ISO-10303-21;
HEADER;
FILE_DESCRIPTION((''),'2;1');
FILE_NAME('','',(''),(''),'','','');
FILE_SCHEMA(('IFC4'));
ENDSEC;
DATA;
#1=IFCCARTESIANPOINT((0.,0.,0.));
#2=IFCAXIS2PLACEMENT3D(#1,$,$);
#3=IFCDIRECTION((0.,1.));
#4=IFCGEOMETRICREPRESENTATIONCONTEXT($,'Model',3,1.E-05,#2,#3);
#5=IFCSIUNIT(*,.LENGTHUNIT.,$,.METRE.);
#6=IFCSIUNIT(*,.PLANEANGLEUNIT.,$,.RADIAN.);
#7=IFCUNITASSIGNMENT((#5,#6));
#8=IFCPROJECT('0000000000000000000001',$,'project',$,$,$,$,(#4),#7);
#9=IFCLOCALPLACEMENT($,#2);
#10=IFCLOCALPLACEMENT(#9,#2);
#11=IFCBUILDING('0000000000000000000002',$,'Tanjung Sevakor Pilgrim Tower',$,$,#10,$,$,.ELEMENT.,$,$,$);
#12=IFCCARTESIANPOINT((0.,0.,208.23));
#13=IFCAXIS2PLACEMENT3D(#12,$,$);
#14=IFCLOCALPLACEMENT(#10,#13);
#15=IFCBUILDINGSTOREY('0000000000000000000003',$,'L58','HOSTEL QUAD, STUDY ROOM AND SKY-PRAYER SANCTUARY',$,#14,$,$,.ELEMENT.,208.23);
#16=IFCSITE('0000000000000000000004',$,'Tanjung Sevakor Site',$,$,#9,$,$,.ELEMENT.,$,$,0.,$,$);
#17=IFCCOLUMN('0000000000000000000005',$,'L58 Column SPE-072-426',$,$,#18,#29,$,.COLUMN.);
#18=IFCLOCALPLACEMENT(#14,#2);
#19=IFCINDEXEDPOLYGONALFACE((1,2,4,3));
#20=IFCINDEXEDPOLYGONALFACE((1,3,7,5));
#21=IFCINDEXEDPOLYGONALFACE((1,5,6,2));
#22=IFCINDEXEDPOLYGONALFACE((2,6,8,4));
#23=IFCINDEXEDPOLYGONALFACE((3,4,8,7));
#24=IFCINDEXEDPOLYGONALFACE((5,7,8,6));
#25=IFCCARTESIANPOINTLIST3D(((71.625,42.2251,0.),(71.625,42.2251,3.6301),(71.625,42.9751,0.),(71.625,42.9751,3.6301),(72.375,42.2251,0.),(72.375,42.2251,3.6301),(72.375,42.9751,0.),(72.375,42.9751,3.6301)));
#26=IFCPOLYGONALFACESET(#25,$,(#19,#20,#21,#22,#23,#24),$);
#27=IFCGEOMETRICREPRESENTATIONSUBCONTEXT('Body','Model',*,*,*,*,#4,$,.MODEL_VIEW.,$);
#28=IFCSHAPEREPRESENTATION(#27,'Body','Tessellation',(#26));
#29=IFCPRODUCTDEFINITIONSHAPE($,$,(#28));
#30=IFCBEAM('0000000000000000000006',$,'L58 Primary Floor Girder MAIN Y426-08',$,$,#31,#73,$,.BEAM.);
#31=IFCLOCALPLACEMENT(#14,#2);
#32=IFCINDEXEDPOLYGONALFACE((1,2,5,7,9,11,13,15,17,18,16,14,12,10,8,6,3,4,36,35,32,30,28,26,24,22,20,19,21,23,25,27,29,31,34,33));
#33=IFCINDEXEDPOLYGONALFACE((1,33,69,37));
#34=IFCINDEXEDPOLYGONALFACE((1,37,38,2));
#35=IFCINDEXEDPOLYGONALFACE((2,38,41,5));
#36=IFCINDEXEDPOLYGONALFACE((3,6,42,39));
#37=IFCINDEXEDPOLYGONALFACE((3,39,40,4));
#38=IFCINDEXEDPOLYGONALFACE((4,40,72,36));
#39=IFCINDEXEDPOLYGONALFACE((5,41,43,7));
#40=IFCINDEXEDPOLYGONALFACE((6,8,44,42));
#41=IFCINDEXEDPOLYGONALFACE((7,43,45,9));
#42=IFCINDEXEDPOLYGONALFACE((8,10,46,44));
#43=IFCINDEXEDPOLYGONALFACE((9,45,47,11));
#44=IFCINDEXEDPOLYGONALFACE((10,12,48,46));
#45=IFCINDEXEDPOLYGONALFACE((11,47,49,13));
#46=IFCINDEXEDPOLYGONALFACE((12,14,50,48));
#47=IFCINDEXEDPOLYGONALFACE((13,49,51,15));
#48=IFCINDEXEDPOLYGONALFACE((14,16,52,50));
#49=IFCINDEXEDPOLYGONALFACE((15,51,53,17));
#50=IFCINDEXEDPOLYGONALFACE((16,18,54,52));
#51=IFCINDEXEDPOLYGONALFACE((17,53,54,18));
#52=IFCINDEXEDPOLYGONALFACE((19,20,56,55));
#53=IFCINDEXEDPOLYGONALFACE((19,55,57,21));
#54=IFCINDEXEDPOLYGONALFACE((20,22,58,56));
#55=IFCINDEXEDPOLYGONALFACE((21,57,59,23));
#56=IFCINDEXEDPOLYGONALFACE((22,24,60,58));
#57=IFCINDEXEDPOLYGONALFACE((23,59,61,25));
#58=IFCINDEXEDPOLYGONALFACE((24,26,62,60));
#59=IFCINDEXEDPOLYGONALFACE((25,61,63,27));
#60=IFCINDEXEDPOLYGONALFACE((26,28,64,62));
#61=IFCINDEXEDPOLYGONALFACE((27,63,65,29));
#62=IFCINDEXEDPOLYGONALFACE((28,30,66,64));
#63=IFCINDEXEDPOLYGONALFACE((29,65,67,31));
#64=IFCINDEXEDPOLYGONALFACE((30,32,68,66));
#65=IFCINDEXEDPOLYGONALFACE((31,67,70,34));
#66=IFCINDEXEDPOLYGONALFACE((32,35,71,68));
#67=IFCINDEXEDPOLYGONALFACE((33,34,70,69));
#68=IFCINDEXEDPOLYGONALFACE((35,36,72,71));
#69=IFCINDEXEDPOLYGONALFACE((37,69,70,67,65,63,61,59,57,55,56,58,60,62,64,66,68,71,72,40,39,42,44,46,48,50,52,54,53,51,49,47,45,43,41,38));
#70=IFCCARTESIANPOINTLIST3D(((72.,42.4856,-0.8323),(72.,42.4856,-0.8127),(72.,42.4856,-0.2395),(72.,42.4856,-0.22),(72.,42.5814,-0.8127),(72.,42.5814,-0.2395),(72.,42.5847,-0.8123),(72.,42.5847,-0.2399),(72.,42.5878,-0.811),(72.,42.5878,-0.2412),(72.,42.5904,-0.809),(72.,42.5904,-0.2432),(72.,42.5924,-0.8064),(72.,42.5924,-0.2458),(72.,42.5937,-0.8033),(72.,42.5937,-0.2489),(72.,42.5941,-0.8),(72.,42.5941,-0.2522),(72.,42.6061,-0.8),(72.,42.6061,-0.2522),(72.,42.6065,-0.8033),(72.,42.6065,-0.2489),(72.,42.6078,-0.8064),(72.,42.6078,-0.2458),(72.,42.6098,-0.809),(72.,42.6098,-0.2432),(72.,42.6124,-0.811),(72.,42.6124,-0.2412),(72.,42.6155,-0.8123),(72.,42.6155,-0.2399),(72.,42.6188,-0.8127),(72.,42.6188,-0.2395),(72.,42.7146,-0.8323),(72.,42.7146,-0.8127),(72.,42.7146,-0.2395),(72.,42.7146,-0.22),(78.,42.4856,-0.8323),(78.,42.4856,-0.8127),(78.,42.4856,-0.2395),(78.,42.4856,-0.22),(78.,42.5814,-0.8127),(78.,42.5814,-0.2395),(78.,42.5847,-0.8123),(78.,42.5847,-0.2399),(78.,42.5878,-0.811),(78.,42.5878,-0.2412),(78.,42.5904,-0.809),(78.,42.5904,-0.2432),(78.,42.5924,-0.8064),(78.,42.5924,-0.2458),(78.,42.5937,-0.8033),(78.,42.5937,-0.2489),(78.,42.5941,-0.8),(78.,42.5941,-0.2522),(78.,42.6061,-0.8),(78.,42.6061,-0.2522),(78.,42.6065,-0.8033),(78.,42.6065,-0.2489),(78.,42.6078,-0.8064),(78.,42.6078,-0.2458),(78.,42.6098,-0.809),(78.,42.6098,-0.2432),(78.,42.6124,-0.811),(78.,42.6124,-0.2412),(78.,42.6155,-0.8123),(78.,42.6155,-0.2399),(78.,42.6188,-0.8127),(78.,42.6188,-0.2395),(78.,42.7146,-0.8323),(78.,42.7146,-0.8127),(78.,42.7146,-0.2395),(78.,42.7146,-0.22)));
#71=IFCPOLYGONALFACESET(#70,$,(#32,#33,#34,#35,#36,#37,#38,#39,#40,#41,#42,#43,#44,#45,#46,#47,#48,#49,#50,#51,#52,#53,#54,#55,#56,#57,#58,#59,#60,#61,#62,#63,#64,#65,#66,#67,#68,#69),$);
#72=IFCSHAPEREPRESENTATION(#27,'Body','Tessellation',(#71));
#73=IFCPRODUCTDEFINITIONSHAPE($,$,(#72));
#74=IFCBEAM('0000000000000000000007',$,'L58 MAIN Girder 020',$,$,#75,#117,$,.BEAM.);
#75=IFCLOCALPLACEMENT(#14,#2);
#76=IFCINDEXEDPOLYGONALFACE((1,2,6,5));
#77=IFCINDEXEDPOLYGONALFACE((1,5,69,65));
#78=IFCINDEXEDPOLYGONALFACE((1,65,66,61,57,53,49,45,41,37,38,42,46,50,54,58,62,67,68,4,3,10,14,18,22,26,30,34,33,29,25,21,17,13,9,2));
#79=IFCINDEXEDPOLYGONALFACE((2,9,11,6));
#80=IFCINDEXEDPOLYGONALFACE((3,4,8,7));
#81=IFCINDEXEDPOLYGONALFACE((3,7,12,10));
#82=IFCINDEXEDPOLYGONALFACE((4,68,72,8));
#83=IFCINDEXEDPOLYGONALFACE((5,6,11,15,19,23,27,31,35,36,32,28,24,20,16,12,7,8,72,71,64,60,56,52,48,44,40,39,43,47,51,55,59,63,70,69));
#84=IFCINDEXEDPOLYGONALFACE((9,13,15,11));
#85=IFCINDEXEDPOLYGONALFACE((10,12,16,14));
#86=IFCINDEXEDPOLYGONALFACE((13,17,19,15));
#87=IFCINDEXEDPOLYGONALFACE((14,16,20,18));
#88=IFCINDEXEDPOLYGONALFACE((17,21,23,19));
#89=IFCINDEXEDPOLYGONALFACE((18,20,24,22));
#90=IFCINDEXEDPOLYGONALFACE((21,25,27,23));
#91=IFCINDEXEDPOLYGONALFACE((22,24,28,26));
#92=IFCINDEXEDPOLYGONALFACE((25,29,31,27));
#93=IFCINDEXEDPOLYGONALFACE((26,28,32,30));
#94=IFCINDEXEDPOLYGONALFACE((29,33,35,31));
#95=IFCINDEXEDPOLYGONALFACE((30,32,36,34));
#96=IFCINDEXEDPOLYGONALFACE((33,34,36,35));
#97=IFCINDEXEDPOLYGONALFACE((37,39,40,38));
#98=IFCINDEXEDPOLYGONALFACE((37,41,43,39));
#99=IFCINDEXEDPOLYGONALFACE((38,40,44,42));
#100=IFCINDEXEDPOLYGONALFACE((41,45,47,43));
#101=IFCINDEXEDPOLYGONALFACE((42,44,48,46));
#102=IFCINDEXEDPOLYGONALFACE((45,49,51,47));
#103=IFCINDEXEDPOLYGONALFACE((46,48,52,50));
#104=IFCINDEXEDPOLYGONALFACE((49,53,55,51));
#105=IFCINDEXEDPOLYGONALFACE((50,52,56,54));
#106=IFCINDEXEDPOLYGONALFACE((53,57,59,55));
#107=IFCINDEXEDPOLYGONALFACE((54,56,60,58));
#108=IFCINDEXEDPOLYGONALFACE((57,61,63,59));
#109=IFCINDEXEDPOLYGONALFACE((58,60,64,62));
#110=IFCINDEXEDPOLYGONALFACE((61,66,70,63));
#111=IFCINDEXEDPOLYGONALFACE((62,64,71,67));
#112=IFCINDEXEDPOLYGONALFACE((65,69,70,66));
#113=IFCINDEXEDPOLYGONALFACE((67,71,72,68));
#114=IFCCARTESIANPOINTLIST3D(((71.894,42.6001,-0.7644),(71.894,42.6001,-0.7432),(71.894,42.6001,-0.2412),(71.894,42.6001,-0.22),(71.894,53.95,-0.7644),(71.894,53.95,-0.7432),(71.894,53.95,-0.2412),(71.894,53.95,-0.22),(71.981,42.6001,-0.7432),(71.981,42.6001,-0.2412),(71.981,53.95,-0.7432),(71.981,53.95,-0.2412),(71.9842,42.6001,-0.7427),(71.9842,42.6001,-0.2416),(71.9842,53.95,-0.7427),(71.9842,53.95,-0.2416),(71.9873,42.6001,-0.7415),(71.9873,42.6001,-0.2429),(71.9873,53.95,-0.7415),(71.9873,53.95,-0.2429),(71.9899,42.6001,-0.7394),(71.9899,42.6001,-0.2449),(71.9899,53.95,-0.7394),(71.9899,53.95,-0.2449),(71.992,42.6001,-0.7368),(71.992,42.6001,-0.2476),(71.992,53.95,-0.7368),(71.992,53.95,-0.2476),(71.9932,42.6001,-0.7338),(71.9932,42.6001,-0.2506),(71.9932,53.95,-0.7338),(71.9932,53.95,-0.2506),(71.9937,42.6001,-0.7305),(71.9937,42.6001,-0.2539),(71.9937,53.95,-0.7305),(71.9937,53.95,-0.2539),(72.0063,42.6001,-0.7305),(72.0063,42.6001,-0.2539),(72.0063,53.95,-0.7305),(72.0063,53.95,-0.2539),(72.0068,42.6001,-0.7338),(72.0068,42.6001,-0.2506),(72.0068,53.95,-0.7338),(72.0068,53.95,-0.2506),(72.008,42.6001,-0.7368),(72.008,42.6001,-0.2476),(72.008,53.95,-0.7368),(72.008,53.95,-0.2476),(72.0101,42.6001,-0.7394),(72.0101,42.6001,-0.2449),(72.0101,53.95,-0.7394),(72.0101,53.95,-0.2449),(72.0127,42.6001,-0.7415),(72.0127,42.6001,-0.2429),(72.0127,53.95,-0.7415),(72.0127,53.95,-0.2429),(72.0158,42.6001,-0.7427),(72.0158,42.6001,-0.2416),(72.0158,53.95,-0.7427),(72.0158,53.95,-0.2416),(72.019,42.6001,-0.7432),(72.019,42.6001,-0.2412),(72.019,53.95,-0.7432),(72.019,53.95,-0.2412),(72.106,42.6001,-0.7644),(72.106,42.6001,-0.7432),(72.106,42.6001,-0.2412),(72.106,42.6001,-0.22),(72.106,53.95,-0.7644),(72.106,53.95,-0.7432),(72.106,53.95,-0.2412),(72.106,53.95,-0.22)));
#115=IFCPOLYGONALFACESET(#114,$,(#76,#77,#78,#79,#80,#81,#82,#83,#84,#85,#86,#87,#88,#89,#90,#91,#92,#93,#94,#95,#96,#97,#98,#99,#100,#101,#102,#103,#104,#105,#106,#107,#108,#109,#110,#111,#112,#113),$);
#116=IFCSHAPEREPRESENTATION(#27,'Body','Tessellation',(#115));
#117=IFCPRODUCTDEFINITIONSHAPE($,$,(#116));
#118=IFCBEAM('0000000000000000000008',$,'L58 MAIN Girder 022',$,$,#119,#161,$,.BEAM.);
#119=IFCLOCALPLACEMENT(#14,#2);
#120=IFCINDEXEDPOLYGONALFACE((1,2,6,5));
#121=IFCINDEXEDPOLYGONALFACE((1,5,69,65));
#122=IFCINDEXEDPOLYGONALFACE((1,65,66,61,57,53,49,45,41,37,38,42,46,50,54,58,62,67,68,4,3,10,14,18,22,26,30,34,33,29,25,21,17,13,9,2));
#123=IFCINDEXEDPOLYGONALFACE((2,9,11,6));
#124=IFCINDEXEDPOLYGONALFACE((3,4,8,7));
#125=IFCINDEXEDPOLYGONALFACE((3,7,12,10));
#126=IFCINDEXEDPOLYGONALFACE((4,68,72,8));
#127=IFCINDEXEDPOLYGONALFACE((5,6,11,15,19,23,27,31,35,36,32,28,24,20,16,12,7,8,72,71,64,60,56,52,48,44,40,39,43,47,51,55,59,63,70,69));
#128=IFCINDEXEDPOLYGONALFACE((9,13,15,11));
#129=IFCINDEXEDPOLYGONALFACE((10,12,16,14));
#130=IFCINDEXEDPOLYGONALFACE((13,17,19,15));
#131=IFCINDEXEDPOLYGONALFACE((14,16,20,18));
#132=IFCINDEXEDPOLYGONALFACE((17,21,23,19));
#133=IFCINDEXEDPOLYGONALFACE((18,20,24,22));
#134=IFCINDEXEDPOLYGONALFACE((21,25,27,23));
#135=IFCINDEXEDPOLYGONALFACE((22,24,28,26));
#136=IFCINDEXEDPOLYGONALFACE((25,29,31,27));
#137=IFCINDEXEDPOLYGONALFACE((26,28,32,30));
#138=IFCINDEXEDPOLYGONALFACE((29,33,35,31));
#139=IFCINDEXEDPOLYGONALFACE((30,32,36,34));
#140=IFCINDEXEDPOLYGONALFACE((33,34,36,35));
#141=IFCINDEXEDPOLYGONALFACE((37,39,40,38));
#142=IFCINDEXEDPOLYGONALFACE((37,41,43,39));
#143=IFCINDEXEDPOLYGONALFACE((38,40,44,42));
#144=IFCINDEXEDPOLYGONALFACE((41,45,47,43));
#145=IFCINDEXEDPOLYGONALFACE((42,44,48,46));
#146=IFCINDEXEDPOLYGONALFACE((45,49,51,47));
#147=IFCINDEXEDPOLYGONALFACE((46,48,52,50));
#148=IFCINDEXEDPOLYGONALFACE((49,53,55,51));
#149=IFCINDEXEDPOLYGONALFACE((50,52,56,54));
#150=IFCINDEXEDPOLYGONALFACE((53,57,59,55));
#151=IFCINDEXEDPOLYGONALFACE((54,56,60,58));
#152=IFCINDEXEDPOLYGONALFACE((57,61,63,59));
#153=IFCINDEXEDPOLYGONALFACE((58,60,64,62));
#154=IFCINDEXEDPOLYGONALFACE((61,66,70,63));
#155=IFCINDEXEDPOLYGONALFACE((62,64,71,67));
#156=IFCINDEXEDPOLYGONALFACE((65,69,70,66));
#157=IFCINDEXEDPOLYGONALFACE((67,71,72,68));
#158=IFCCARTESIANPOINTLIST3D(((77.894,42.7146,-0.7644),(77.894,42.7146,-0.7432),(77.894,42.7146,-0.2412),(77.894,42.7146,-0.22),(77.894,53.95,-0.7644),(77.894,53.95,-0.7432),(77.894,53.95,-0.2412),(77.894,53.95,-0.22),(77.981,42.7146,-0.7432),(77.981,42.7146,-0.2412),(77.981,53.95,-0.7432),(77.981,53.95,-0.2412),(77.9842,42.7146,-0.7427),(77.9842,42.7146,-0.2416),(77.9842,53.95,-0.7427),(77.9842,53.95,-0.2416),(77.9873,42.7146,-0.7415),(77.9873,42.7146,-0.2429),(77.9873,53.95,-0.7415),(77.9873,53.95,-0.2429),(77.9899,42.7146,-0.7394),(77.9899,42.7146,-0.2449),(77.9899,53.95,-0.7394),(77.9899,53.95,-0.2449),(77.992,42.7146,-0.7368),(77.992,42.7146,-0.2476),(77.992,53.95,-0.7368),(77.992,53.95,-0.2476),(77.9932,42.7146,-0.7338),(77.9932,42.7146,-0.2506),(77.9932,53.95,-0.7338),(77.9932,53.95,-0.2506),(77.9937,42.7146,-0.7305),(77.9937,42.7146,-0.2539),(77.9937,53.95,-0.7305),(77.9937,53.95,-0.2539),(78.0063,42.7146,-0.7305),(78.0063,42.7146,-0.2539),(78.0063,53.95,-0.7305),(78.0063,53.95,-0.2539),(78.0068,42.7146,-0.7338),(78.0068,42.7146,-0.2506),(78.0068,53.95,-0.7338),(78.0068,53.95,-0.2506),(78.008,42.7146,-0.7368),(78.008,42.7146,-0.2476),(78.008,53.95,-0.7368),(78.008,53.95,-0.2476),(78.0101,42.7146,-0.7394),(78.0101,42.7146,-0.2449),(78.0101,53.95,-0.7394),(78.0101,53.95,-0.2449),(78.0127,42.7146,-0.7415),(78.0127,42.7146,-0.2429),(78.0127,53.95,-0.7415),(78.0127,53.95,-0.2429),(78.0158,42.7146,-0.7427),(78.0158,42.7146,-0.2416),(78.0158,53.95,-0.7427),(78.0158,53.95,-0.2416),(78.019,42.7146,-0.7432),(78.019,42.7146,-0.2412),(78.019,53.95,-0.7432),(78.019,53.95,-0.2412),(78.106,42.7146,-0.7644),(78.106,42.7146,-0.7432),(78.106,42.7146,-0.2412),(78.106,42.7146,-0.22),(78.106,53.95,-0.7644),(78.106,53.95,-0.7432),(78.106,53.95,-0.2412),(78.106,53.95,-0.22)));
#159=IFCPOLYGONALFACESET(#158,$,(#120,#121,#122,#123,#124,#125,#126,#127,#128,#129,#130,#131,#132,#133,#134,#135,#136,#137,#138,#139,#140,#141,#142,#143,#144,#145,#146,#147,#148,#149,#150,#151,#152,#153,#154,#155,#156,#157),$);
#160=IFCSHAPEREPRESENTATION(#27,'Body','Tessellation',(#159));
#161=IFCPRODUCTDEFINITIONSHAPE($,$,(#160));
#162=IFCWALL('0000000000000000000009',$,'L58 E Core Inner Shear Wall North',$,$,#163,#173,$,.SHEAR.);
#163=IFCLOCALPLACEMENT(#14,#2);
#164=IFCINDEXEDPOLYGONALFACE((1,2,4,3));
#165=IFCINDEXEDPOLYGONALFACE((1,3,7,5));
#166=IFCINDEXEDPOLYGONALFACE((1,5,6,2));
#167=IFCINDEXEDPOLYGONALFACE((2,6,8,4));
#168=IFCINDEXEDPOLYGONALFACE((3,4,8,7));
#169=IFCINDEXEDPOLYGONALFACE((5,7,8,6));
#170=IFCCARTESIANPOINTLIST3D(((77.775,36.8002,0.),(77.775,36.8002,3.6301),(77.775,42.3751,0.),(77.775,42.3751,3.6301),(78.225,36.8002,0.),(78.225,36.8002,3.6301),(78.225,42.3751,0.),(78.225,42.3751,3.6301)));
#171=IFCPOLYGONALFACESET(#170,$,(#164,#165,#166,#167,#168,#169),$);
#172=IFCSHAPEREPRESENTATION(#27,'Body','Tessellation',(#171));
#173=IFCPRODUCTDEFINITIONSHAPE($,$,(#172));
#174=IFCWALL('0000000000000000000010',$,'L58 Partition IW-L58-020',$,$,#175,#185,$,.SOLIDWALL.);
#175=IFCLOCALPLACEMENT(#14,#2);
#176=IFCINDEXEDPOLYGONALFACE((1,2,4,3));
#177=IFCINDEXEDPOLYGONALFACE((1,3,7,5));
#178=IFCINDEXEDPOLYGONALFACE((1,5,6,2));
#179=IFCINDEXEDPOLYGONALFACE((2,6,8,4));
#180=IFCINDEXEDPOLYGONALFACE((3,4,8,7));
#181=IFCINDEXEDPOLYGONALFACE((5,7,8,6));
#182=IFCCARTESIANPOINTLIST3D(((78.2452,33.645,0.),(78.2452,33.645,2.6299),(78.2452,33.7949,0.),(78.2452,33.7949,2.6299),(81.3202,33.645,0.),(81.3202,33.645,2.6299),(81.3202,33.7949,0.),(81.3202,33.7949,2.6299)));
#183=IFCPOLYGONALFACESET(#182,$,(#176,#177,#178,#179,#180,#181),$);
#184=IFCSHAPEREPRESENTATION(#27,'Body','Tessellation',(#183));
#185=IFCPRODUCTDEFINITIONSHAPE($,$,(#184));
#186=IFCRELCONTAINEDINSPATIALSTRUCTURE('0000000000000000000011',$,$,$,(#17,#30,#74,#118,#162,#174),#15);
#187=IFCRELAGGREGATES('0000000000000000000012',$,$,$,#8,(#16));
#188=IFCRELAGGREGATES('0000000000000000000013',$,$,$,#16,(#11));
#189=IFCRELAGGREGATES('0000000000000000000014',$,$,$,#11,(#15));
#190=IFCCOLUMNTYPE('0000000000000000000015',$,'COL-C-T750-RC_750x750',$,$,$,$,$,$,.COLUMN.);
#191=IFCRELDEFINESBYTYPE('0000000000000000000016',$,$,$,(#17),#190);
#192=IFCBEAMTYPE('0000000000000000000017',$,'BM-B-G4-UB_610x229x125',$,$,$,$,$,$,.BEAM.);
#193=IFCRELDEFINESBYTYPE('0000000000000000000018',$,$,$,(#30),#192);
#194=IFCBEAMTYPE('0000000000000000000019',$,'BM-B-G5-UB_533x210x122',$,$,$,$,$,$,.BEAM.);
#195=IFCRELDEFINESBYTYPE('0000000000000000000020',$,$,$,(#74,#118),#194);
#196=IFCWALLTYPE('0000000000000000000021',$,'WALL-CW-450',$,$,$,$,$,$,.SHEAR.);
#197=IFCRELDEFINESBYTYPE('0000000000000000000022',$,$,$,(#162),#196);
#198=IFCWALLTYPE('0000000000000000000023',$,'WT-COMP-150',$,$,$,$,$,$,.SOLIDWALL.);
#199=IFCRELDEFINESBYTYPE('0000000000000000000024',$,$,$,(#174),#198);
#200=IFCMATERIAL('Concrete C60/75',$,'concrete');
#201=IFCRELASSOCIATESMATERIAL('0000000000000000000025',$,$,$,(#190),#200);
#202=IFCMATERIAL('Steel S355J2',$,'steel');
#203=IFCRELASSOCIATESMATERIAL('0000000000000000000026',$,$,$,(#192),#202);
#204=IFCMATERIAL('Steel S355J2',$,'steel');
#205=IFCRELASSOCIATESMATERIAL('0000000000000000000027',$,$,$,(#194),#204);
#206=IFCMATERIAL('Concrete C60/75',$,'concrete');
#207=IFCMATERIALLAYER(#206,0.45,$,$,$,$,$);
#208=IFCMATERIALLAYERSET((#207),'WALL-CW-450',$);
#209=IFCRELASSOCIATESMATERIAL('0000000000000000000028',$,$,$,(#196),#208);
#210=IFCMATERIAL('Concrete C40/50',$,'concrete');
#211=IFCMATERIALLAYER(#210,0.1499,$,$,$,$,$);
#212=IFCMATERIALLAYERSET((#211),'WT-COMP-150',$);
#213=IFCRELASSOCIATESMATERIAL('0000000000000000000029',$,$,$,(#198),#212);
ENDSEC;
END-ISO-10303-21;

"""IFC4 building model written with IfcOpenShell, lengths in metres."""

from ifc_helpers import new_model, si_unit, direction, frame, frame_2d, origin, origin_2d, place, context, subcontext, project, spatial, rectangle, i_section, extrude, material, layer, layer_set, material_profile, profile_set, type_object, element, save


model = new_model("IFC4")

# Units and contexts
model_context = context("Model", 3, precision=1e-05, world=origin(), true_north=direction((0.0, 1.0)))
body_context = subcontext(model_context, "Body", "Model", "MODEL_VIEW")
ifc_project = project(units=[si_unit("LENGTHUNIT", "METRE"), si_unit("PLANEANGLEUNIT", "RADIAN")], contexts=[model_context])

# Site, building, storey
site_placement = place(None, origin())
site = spatial("IfcSite", under=ifc_project, at=site_placement, Name="Tanjung Sevakor Site", CompositionType="ELEMENT", RefElevation=0.0)
building_placement = place(site_placement, origin())
building = spatial("IfcBuilding", under=site, at=building_placement, Name="Tanjung Sevakor Pilgrim Tower", CompositionType="ELEMENT")
storey_placement = place(building_placement, frame((0.0, 0.0, 208.23)))
storey = spatial("IfcBuildingStorey", under=building, at=storey_placement, Name="L58", Description="HOSTEL QUAD, STUDY ROOM AND SKY-PRAYER SANCTUARY", CompositionType="ELEMENT", Elevation=208.23)

# Column
ifc_material_1 = material(Name="Concrete C60/75", Category="concrete")
ifc_material_profile_1 = material_profile(ifc_material_1, rectangle(XDim=0.75, YDim=0.75, at=origin_2d()))
ifc_profile_set_1 = profile_set([ifc_material_profile_1], Name="Concrete C60/75")
column_type = type_object("IfcColumnType", Name="COL-C-T750-RC_750x750", PredefinedType="COLUMN", material=ifc_profile_set_1)
column_placement = place(storey_placement, frame((72.0, 42.6001, 0.0), z_axis=(0.0, 0.0, 1.0), x_axis=(1.0, 0.0, 0.0)))
element("IfcColumn", 1, at=column_placement, inside=storey, type_object=column_type, Name="L58 Column SPE-072-426", PredefinedType="COLUMN", context=body_context, shape_type="SweptSolid", body=[
    extrude(rectangle(XDim=0.75, YDim=0.75, at=origin_2d()), origin(), (0.0, 0.0, 1.0), 3.6301),
])

# Beams
ifc_material_2 = material(Name="Steel S355J2", Category="steel")
ifc_material_profile_2 = material_profile(ifc_material_2, i_section(OverallWidth=0.229, OverallDepth=0.6123, WebThickness=0.012, FlangeThickness=0.0195, FilletRadius=0.0127, at=origin_2d()))
ifc_profile_set_2 = profile_set([ifc_material_profile_2], Name="Steel S355J2")
beam_type_1 = type_object("IfcBeamType", Name="BM-B-G4-UB_610x229x125", PredefinedType="BEAM", material=ifc_profile_set_2)
beam_1_placement = place(storey_placement, frame((72.0, 42.6001, -0.5261), z_axis=(1.0, 0.0, 0.0), x_axis=(0.0, 1.0, 0.0)))
element("IfcBeam", 2, at=beam_1_placement, inside=storey, type_object=beam_type_1, Name="L58 Primary Floor Girder MAIN Y426-08", PredefinedType="BEAM", context=body_context, shape_type="SweptSolid", body=[
    extrude(i_section(OverallWidth=0.229, OverallDepth=0.6123, WebThickness=0.012, FlangeThickness=0.0195, FilletRadius=0.0127, at=origin_2d()), origin(), (0.0, 0.0, 1.0), 6.0),
])
ifc_material_3 = material(Name="Steel S355J2", Category="steel")
ifc_material_profile_3 = material_profile(ifc_material_3, i_section(OverallWidth=0.2119, OverallDepth=0.5444, WebThickness=0.0127, FlangeThickness=0.0212, FilletRadius=0.0127, at=origin_2d()))
ifc_profile_set_3 = profile_set([ifc_material_profile_3], Name="Steel S355J2")
beam_type_2 = type_object("IfcBeamType", Name="BM-B-G5-UB_533x210x122", PredefinedType="BEAM", material=ifc_profile_set_3)
beam_2_placement = place(storey_placement, frame((72.0, 42.6001, -0.4922), z_axis=(0.0, 1.0, 0.0), x_axis=(-1.0, 0.0, 0.0)))
element("IfcBeam", 3, at=beam_2_placement, inside=storey, type_object=beam_type_2, Name="L58 MAIN Girder 020", PredefinedType="BEAM", context=body_context, shape_type="SweptSolid", body=[
    extrude(i_section(OverallWidth=0.2119, OverallDepth=0.5444, WebThickness=0.0127, FlangeThickness=0.0212, FilletRadius=0.0127, at=origin_2d()), origin(), (0.0, 0.0, 1.0), 11.3499),
])
beam_3_placement = place(storey_placement, frame((78.0, 42.7146, -0.4922), z_axis=(0.0, 1.0, 0.0), x_axis=(-1.0, 0.0, 0.0)))
element("IfcBeam", 4, at=beam_3_placement, inside=storey, type_object=beam_type_2, Name="L58 MAIN Girder 022", PredefinedType="BEAM", context=body_context, shape_type="SweptSolid", body=[
    extrude(i_section(OverallWidth=0.2119, OverallDepth=0.5444, WebThickness=0.0127, FlangeThickness=0.0212, FilletRadius=0.0127, at=origin_2d()), origin(), (0.0, 0.0, 1.0), 11.2354),
])

# Walls
ifc_material_4 = material(Name="Concrete C60/75", Category="concrete")
ifc_layer_1 = layer(ifc_material_4, 0.45)
ifc_layer_set_1 = layer_set([ifc_layer_1], Name="WALL-CW-450")
wall_type_1 = type_object("IfcWallType", Name="WALL-CW-450", PredefinedType="SHEAR", material=ifc_layer_set_1)
wall_1_placement = place(storey_placement, frame((78.0, 36.8, 0.0), z_axis=(0.0, 0.0, 1.0), x_axis=(0.0, 1.0, 0.0)))
element("IfcWall", 5, at=wall_1_placement, inside=storey, type_object=wall_type_1, Name="L58 E Core Inner Shear Wall North", PredefinedType="SHEAR", context=body_context, shape_type="SweptSolid", body=[
    extrude(rectangle(XDim=5.575, YDim=0.45, at=frame_2d((2.7876, 0.0))), origin(), (0.0, 0.0, 1.0), 3.6301),
])
ifc_material_5 = material(Name="Concrete C40/50", Category="concrete")
ifc_layer_2 = layer(ifc_material_5, 0.1499)
ifc_layer_set_2 = layer_set([ifc_layer_2], Name="WT-COMP-150")
wall_type_2 = type_object("IfcWallType", Name="WT-COMP-150", PredefinedType="SOLIDWALL", material=ifc_layer_set_2)
wall_2_placement = place(storey_placement, frame((78.2451, 33.72, 0.0), z_axis=(0.0, 0.0, 1.0), x_axis=(1.0, 0.0, 0.0)))
element("IfcWall", 6, at=wall_2_placement, inside=storey, type_object=wall_type_2, Name="L58 Partition IW-L58-020", PredefinedType="SOLIDWALL", context=body_context, shape_type="SweptSolid", body=[
    extrude(rectangle(XDim=3.075, YDim=0.1499, at=frame_2d((1.5376, 0.0))), origin(), (0.0, 0.0, 1.0), 2.6299),
])

save(model, "model.ifc")
